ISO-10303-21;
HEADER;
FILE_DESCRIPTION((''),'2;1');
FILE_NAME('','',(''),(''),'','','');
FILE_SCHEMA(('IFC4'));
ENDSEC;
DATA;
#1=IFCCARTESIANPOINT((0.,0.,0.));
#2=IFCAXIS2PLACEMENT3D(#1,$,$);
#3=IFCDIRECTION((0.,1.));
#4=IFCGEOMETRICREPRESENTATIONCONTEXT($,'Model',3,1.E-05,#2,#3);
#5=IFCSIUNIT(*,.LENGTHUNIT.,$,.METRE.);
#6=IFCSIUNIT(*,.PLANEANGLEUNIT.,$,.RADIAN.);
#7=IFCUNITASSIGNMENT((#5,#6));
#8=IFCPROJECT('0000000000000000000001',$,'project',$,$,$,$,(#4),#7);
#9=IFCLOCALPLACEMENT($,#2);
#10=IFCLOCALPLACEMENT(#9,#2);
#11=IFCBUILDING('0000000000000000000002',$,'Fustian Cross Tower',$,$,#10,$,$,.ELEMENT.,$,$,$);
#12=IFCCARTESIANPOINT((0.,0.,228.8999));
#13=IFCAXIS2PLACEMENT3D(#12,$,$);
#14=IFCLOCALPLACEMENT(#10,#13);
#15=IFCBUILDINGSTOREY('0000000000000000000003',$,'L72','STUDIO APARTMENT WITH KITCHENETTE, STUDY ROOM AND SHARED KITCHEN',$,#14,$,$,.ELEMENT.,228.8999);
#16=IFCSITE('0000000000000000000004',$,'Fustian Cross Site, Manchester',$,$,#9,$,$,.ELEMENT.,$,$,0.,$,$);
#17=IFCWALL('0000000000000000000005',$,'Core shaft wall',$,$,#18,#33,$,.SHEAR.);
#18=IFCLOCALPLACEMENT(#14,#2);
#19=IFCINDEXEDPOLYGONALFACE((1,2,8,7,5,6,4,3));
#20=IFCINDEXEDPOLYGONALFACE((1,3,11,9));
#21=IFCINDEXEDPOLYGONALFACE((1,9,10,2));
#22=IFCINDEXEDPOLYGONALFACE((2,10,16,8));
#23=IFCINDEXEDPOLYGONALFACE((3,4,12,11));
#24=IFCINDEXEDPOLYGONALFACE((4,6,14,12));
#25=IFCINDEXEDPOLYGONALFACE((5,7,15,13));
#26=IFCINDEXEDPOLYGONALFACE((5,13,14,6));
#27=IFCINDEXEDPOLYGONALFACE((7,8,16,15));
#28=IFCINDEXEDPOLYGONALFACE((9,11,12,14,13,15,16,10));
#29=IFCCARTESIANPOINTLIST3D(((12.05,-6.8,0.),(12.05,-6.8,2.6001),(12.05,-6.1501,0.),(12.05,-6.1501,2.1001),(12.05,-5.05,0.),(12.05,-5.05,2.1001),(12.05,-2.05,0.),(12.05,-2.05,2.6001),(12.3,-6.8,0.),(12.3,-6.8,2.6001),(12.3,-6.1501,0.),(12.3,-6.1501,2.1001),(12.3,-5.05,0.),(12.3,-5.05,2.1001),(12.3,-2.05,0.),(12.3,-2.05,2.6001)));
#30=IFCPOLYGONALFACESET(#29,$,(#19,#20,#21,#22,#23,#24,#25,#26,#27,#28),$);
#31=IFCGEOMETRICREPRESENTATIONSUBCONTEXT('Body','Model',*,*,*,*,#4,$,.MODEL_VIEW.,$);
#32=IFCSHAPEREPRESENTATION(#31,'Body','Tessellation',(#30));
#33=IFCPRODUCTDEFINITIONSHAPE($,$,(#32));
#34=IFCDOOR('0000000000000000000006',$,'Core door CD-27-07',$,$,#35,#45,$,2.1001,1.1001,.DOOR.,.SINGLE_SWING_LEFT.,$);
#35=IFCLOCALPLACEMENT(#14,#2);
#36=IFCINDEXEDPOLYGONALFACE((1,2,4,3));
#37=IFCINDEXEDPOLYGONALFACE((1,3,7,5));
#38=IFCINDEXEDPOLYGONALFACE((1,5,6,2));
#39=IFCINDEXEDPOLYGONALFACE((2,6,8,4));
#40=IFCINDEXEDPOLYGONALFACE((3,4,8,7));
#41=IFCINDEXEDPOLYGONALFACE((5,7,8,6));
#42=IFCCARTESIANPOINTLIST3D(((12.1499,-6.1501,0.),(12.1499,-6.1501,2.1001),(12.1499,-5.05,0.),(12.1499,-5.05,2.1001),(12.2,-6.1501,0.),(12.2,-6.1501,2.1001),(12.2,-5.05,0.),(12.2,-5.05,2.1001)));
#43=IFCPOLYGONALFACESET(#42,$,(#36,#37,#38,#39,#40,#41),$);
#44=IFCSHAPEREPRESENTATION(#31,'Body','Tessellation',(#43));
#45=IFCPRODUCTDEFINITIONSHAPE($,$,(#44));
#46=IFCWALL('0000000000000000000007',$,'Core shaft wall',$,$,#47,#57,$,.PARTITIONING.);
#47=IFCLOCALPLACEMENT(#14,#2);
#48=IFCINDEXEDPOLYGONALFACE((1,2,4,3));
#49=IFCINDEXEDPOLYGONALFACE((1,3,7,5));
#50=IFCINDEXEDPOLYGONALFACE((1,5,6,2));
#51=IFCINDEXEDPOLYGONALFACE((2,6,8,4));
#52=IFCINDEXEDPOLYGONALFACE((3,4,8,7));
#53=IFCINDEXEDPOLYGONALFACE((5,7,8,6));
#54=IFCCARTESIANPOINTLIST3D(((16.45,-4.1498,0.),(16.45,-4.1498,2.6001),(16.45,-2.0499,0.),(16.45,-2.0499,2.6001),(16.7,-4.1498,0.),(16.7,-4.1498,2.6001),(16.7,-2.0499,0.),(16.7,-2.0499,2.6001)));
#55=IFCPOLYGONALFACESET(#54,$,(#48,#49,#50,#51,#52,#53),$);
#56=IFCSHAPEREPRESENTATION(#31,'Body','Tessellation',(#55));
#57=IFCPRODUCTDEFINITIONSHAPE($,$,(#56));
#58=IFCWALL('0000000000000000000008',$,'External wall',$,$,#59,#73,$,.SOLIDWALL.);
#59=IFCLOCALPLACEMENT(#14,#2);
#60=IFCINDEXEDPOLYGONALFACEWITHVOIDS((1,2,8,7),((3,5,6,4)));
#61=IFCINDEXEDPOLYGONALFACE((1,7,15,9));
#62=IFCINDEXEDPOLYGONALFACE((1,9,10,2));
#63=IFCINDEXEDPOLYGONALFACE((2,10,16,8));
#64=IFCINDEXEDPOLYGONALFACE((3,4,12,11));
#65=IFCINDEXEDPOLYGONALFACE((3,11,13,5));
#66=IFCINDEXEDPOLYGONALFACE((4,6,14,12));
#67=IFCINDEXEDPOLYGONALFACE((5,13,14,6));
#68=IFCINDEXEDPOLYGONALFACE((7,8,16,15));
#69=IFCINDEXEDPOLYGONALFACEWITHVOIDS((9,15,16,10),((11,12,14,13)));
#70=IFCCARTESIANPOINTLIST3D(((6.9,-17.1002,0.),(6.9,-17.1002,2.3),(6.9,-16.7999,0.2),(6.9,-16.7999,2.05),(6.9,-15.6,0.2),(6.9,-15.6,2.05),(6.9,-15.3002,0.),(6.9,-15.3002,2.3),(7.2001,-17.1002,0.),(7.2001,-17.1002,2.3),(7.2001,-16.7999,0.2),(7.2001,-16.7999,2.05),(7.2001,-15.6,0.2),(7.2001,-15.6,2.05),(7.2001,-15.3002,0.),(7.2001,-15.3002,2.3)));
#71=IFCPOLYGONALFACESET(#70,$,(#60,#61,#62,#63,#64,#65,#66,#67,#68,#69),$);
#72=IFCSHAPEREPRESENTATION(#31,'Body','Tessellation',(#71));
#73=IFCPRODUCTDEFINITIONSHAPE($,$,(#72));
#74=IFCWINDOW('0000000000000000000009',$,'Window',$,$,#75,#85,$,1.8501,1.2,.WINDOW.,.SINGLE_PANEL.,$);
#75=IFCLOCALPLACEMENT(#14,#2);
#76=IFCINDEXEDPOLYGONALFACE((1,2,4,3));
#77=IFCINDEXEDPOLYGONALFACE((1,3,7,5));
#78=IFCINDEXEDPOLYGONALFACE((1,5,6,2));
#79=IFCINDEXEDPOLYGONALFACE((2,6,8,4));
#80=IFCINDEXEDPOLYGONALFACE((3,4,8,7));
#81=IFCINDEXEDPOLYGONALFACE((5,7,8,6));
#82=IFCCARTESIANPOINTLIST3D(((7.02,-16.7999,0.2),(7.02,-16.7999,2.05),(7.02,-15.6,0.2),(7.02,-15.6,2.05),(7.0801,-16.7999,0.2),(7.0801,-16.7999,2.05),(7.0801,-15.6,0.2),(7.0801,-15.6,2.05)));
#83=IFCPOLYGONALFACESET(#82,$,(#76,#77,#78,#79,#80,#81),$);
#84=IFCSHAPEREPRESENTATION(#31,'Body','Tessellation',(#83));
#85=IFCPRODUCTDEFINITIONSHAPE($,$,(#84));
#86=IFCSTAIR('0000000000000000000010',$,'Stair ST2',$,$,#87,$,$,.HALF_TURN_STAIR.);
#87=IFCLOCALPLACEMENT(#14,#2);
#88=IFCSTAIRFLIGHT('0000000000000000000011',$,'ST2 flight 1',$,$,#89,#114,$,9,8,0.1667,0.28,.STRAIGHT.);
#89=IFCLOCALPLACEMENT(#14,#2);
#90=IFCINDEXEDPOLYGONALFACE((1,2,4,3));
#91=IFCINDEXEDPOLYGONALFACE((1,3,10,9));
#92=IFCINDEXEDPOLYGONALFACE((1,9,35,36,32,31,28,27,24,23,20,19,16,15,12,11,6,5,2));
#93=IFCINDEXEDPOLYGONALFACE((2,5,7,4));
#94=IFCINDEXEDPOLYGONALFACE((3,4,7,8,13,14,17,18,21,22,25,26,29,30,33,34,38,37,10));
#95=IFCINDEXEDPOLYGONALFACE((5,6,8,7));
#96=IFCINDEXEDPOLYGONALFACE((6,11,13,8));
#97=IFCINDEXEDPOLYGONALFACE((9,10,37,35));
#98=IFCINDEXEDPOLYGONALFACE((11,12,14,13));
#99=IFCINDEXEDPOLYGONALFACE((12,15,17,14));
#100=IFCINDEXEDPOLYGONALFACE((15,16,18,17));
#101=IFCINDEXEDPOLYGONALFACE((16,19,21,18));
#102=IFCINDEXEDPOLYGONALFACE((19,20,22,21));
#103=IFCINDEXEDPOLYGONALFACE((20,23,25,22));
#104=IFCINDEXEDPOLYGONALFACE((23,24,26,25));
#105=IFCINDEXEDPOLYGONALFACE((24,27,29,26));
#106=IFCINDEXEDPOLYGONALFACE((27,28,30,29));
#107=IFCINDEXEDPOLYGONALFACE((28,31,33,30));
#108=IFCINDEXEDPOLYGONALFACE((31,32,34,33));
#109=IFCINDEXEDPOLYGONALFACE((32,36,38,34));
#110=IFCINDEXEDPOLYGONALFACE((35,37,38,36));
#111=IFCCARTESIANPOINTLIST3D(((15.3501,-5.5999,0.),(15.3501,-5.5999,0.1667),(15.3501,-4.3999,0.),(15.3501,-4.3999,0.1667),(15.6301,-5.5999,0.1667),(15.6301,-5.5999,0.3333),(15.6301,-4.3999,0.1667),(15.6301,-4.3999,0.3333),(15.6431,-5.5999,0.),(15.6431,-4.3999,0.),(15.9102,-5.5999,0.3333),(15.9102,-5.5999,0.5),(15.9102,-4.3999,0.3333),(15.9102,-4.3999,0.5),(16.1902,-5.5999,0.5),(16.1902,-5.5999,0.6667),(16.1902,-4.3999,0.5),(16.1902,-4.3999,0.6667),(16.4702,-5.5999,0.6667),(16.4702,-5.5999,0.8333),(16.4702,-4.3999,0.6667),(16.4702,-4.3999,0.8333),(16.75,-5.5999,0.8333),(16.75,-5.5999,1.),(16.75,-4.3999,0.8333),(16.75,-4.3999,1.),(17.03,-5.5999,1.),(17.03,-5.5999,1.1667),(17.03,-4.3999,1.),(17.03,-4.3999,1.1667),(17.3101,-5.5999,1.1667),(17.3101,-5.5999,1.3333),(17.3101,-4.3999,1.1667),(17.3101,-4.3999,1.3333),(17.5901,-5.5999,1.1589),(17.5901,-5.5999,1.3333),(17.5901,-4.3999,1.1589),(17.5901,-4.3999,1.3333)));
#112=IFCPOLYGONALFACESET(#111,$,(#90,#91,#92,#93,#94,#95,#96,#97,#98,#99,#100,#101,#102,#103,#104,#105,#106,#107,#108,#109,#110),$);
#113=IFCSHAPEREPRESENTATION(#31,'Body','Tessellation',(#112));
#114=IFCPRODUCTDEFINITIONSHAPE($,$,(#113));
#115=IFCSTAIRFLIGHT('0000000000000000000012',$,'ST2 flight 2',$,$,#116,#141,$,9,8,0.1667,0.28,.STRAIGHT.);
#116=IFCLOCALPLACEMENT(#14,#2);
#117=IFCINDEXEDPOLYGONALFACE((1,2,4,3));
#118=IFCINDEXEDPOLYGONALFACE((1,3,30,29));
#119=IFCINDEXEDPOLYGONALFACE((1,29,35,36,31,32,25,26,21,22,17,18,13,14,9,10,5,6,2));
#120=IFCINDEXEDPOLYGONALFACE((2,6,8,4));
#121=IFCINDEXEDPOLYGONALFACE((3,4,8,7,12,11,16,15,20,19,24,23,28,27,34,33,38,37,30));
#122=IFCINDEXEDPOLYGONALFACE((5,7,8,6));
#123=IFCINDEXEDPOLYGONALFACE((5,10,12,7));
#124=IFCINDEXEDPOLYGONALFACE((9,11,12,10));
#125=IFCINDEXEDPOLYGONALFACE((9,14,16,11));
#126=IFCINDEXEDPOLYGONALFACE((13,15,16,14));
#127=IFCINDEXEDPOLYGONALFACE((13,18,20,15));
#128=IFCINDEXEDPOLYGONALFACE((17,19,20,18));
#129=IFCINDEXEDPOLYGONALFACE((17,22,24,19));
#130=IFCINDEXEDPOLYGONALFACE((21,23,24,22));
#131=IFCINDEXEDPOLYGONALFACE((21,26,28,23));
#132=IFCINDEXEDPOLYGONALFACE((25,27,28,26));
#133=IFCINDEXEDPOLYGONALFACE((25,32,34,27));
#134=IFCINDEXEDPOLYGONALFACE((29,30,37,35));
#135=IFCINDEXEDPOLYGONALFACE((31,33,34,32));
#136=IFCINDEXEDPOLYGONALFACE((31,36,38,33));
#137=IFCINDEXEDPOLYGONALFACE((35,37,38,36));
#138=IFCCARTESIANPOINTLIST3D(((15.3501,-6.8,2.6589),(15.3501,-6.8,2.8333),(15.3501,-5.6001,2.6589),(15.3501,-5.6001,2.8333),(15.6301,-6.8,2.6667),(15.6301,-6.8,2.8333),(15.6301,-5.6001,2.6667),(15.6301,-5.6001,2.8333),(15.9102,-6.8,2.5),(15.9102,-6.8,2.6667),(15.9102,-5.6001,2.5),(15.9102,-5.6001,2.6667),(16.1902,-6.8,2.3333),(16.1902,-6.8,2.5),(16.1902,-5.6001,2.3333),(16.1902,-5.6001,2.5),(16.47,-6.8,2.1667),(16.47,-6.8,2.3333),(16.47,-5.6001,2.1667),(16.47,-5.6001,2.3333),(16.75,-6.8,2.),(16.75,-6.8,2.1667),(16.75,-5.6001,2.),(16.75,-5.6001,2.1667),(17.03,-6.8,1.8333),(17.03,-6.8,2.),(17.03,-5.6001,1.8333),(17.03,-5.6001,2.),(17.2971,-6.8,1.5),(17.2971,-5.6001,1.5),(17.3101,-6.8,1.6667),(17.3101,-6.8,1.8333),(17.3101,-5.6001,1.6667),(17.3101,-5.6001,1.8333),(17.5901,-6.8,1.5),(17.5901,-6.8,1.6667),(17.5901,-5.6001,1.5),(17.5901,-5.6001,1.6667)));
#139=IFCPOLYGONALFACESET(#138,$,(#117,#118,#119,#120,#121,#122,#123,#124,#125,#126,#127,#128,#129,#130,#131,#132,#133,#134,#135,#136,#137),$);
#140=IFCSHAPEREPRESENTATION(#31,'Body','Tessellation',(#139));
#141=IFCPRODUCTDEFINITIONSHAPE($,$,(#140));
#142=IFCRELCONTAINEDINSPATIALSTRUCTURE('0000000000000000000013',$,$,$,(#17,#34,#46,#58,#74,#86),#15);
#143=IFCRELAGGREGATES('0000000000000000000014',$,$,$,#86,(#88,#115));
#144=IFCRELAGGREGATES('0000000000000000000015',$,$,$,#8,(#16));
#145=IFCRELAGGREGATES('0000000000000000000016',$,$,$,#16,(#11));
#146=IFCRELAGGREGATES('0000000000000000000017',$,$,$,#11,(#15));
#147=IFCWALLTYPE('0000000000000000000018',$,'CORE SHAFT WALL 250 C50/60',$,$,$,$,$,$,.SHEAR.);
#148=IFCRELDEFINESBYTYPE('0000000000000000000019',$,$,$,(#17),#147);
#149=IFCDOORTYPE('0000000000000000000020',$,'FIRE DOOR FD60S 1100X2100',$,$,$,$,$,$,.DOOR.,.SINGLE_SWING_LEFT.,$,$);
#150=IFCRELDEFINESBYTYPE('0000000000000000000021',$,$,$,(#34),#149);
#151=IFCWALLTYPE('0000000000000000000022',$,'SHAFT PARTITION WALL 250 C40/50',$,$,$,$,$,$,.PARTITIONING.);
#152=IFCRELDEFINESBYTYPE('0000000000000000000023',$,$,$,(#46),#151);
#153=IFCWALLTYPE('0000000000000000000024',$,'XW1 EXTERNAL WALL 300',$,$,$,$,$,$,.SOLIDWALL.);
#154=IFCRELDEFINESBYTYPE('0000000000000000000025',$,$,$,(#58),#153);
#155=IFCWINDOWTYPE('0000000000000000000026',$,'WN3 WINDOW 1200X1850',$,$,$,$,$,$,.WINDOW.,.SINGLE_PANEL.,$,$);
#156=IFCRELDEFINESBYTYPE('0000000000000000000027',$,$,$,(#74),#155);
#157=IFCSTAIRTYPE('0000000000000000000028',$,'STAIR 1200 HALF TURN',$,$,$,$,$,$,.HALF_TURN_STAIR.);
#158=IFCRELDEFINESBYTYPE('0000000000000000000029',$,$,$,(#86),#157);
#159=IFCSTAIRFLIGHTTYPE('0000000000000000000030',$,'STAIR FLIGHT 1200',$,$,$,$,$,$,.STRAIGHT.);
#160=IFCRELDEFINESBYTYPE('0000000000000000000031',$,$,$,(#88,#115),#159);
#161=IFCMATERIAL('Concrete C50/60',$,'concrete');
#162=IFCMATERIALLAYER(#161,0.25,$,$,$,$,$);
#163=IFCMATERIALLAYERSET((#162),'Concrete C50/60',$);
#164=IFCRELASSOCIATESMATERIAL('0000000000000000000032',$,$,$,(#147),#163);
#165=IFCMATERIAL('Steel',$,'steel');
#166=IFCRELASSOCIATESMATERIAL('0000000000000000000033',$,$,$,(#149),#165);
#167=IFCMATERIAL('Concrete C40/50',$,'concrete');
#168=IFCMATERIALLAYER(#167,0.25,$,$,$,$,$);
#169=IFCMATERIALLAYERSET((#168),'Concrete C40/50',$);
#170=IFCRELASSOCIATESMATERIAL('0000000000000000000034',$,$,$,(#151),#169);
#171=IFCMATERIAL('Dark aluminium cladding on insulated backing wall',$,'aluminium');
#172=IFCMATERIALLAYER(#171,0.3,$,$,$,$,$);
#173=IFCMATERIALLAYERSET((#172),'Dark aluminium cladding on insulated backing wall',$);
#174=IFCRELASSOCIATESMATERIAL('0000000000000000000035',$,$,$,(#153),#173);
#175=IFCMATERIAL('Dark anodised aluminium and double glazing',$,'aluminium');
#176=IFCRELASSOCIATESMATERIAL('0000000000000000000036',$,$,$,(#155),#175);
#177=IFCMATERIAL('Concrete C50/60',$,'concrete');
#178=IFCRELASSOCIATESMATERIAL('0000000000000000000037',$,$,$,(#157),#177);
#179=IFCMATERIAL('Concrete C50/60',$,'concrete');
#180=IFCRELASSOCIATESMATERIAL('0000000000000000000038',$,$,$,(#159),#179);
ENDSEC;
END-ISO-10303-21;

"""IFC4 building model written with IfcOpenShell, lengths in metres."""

from ifc_helpers import new_model, si_unit, direction, frame, frame_2d, origin, place, context, subcontext, project, spatial, polyline, rectangle, outline, extrude, material, layer, layer_set, type_object, element, fill, aggregate, save


model = new_model("IFC4")

# Units and contexts
model_context = context("Model", 3, precision=1e-05, world=origin(), true_north=direction((0.0, 1.0)))
body_context = subcontext(model_context, "Body", "Model", "MODEL_VIEW")
ifc_project = project(units=[si_unit("LENGTHUNIT", "METRE"), si_unit("PLANEANGLEUNIT", "RADIAN")], contexts=[model_context])

# Site, building, storey
site_placement = place(None, origin())
site = spatial("IfcSite", under=ifc_project, at=site_placement, Name="Fustian Cross Site, Manchester", CompositionType="ELEMENT", RefElevation=0.0)
building_placement = place(site_placement, origin())
building = spatial("IfcBuilding", under=site, at=building_placement, Name="Fustian Cross Tower", CompositionType="ELEMENT")
storey_placement = place(building_placement, frame((0.0, 0.0, 228.8999)))
storey = spatial("IfcBuildingStorey", under=building, at=storey_placement, Name="L72", Description="STUDIO APARTMENT WITH KITCHENETTE, STUDY ROOM AND SHARED KITCHEN", CompositionType="ELEMENT", Elevation=228.8999)

# Shared definitions
ifc_material_1 = material(Name="Concrete C50/60", Category="concrete")
ifc_layer_1 = layer(ifc_material_1, 0.25)
ifc_layer_set_1 = layer_set([ifc_layer_1], Name="Concrete C50/60")
wall_type_1 = type_object("IfcWallType", Name="CORE SHAFT WALL 250 C50/60", PredefinedType="SHEAR", material=ifc_layer_set_1)

# Wall, opening, door
wall_1_placement = place(storey_placement, frame((12.175, -2.05, 0.0), z_axis=(0.0, 0.0, 1.0), x_axis=(0.0, -1.0, 0.0)))
wall_1 = element("IfcWall", 1, at=wall_1_placement, inside=storey, type_object=wall_type_1, Name="Core shaft wall", PredefinedType="SHEAR", context=body_context, shape_type="SweptSolid", body=[
    extrude(rectangle(XDim=4.75, YDim=0.25, at=frame_2d((2.375, 0.0))), origin(), (0.0, 0.0, 1.0), 2.6001),
])
opening_1_placement = place(wall_1_placement, frame((3.0, 0.0, 0.0)))
opening_1 = element("IfcOpeningElement", 2, at=opening_1_placement, cuts=wall_1, PredefinedType="OPENING", context=body_context, shape_type="SweptSolid", body=[
    extrude(rectangle(XDim=1.1001, YDim=2.1001, at=frame_2d((0.55, 1.05))), frame((0.0, 0.135, 0.0), z_axis=(0.0, -1.0, 0.0), x_axis=(1.0, 0.0, 0.0)), (0.0, 0.0, 1.0), 0.27),
])
ifc_material_2 = material(Name="Steel", Category="steel")
door_type_1 = type_object("IfcDoorType", Name="FIRE DOOR FD60S 1100X2100", OperationType="SINGLE_SWING_LEFT", PredefinedType="DOOR", material=ifc_material_2)
door_1_placement = place(opening_1_placement, origin())
door_1 = element("IfcDoor", 3, at=door_1_placement, inside=storey, type_object=door_type_1, Name="Core door CD-27-07", OperationType="SINGLE_SWING_LEFT", OverallHeight=2.1001, OverallWidth=1.1001, PredefinedType="DOOR", context=body_context, shape_type="SweptSolid", body=[
    extrude(rectangle(XDim=1.1001, YDim=2.1001, at=frame_2d((0.55, 1.05))), frame((0.0, 0.0249, 0.0), z_axis=(0.0, -1.0, 0.0), x_axis=(1.0, 0.0, 0.0)), (0.0, 0.0, 1.0), 0.05),
])
fill(opening_1, door_1)

# Wall
ifc_material_3 = material(Name="Concrete C40/50", Category="concrete")
ifc_layer_2 = layer(ifc_material_3, 0.25)
ifc_layer_set_2 = layer_set([ifc_layer_2], Name="Concrete C40/50")
wall_type_2 = type_object("IfcWallType", Name="SHAFT PARTITION WALL 250 C40/50", PredefinedType="PARTITIONING", material=ifc_layer_set_2)
wall_2_placement = place(storey_placement, frame((16.575, -2.05, 0.0), z_axis=(0.0, 0.0, 1.0), x_axis=(0.0, -1.0, 0.0)))
element("IfcWall", 4, at=wall_2_placement, inside=storey, type_object=wall_type_2, Name="Core shaft wall", PredefinedType="PARTITIONING", context=body_context, shape_type="SweptSolid", body=[
    extrude(rectangle(XDim=2.0999, YDim=0.25, at=frame_2d((1.0498, 0.0))), origin(), (0.0, 0.0, 1.0), 2.6001),
])

# Wall, opening, window
ifc_material_4 = material(Name="Dark aluminium cladding on insulated backing wall", Category="aluminium")
ifc_layer_3 = layer(ifc_material_4, 0.3)
ifc_layer_set_3 = layer_set([ifc_layer_3], Name="Dark aluminium cladding on insulated backing wall")
wall_type_3 = type_object("IfcWallType", Name="XW1 EXTERNAL WALL 300", PredefinedType="SOLIDWALL", material=ifc_layer_set_3)
wall_3_placement = place(storey_placement, frame((7.05, -17.1001, 0.0), z_axis=(0.0, 0.0, 1.0), x_axis=(0.0, 1.0, 0.0)))
wall_3 = element("IfcWall", 5, at=wall_3_placement, inside=storey, type_object=wall_type_3, Name="External wall", PredefinedType="SOLIDWALL", context=body_context, shape_type="SweptSolid", body=[
    extrude(rectangle(XDim=1.8, YDim=0.3, at=frame_2d((0.8999, 0.0))), origin(), (0.0, 0.0, 1.0), 2.3),
])
opening_2_placement = place(wall_3_placement, frame((0.3, 0.0, 0.2)))
opening_2 = element("IfcOpeningElement", 6, at=opening_2_placement, cuts=wall_3, PredefinedType="OPENING", context=body_context, shape_type="SweptSolid", body=[
    extrude(rectangle(XDim=1.2, YDim=1.8501, at=frame_2d((0.6001, 0.925))), frame((0.0, 0.1599, 0.0), z_axis=(0.0, -1.0, 0.0), x_axis=(1.0, 0.0, 0.0)), (0.0, 0.0, 1.0), 0.3201),
])
ifc_material_5 = material(Name="Dark anodised aluminium and double glazing", Category="aluminium")
window_type = type_object("IfcWindowType", Name="WN3 WINDOW 1200X1850", PartitioningType="SINGLE_PANEL", PredefinedType="WINDOW", material=ifc_material_5)
window_placement = place(opening_2_placement, origin())
window = element("IfcWindow", 7, at=window_placement, inside=storey, type_object=window_type, Name="Window", OverallHeight=1.8501, OverallWidth=1.2, PartitioningType="SINGLE_PANEL", PredefinedType="WINDOW", context=body_context, shape_type="SweptSolid", body=[
    extrude(rectangle(XDim=1.2, YDim=1.8501, at=frame_2d((0.6001, 0.925))), frame((0.0, 0.03, 0.0), z_axis=(0.0, -1.0, 0.0), x_axis=(1.0, 0.0, 0.0)), (0.0, 0.0, 1.0), 0.0601),
])
fill(opening_2, window)

# Stair, stair flights
ifc_material_6 = material(Name="Concrete C50/60", Category="concrete")
stair_type = type_object("IfcStairType", Name="STAIR 1200 HALF TURN", PredefinedType="HALF_TURN_STAIR", material=ifc_material_6)
stair_placement = place(storey_placement, origin())
stair = element("IfcStair", 8, at=stair_placement, inside=storey, type_object=stair_type, Name="Stair ST2", PredefinedType="HALF_TURN_STAIR")
ifc_material_7 = material(Name="Concrete C50/60", Category="concrete")
stair_flight_type = type_object("IfcStairFlightType", Name="STAIR FLIGHT 1200", PredefinedType="STRAIGHT", material=ifc_material_7)
stair_flight_1_placement = place(storey_placement, frame((15.3501, -5.0, 0.0), z_axis=(0.0, 0.0, 1.0), x_axis=(1.0, 0.0, 0.0)))
stair_flight_1 = element("IfcStairFlight", 9, at=stair_flight_1_placement, type_object=stair_flight_type, Name="ST2 flight 1", NumberOfRisers=9, NumberOfTreads=8, PredefinedType="STRAIGHT", RiserHeight=0.1667, TreadLength=0.28, context=body_context, shape_type="SweptSolid", body=[
    extrude(outline(polyline([(0.0, 0.0), (0.0, 0.1667), (0.28, 0.1667), (0.28, 0.3333), (0.5601, 0.3333), (0.5601, 0.5), (0.8401, 0.5), (0.8401, 0.6667), (1.1201, 0.6667), (1.1201, 0.8333), (1.3999, 0.8333), (1.3999, 1.0), (1.6799, 1.0), (1.6799, 1.1667), (1.96, 1.1667), (1.96, 1.3333), (2.24, 1.3333), (2.24, 1.5), (2.24, 1.1589), (0.293, 0.0), (0.0, 0.0)])), frame((0.0, 0.6001, 0.0), z_axis=(0.0, -1.0, 0.0), x_axis=(1.0, 0.0, 0.0)), (0.0, 0.0, 1.0), 1.2),
])
stair_flight_2_placement = place(storey_placement, frame((17.5901, -6.2, 1.5), z_axis=(0.0, 0.0, 1.0), x_axis=(-1.0, 0.0, 0.0)))
stair_flight_2 = element("IfcStairFlight", 10, at=stair_flight_2_placement, type_object=stair_flight_type, Name="ST2 flight 2", NumberOfRisers=9, NumberOfTreads=8, PredefinedType="STRAIGHT", RiserHeight=0.1667, TreadLength=0.28, context=body_context, shape_type="SweptSolid", body=[
    extrude(outline(polyline([(0.0, 0.0), (0.0, 0.1667), (0.28, 0.1667), (0.28, 0.3333), (0.5601, 0.3333), (0.5601, 0.5), (0.8401, 0.5), (0.8401, 0.6667), (1.1201, 0.6667), (1.1201, 0.8333), (1.3999, 0.8333), (1.3999, 1.0), (1.6799, 1.0), (1.6799, 1.1667), (1.96, 1.1667), (1.96, 1.3333), (2.24, 1.3333), (2.24, 1.5), (2.24, 1.1589), (0.293, 0.0), (0.0, 0.0)])), frame((0.0, 0.6001, 0.0), z_axis=(0.0, -1.0, 0.0), x_axis=(1.0, 0.0, 0.0)), (0.0, 0.0, 1.0), 1.2),
])
aggregate(stair, [stair_flight_1, stair_flight_2])

save(model, "model.ifc")
